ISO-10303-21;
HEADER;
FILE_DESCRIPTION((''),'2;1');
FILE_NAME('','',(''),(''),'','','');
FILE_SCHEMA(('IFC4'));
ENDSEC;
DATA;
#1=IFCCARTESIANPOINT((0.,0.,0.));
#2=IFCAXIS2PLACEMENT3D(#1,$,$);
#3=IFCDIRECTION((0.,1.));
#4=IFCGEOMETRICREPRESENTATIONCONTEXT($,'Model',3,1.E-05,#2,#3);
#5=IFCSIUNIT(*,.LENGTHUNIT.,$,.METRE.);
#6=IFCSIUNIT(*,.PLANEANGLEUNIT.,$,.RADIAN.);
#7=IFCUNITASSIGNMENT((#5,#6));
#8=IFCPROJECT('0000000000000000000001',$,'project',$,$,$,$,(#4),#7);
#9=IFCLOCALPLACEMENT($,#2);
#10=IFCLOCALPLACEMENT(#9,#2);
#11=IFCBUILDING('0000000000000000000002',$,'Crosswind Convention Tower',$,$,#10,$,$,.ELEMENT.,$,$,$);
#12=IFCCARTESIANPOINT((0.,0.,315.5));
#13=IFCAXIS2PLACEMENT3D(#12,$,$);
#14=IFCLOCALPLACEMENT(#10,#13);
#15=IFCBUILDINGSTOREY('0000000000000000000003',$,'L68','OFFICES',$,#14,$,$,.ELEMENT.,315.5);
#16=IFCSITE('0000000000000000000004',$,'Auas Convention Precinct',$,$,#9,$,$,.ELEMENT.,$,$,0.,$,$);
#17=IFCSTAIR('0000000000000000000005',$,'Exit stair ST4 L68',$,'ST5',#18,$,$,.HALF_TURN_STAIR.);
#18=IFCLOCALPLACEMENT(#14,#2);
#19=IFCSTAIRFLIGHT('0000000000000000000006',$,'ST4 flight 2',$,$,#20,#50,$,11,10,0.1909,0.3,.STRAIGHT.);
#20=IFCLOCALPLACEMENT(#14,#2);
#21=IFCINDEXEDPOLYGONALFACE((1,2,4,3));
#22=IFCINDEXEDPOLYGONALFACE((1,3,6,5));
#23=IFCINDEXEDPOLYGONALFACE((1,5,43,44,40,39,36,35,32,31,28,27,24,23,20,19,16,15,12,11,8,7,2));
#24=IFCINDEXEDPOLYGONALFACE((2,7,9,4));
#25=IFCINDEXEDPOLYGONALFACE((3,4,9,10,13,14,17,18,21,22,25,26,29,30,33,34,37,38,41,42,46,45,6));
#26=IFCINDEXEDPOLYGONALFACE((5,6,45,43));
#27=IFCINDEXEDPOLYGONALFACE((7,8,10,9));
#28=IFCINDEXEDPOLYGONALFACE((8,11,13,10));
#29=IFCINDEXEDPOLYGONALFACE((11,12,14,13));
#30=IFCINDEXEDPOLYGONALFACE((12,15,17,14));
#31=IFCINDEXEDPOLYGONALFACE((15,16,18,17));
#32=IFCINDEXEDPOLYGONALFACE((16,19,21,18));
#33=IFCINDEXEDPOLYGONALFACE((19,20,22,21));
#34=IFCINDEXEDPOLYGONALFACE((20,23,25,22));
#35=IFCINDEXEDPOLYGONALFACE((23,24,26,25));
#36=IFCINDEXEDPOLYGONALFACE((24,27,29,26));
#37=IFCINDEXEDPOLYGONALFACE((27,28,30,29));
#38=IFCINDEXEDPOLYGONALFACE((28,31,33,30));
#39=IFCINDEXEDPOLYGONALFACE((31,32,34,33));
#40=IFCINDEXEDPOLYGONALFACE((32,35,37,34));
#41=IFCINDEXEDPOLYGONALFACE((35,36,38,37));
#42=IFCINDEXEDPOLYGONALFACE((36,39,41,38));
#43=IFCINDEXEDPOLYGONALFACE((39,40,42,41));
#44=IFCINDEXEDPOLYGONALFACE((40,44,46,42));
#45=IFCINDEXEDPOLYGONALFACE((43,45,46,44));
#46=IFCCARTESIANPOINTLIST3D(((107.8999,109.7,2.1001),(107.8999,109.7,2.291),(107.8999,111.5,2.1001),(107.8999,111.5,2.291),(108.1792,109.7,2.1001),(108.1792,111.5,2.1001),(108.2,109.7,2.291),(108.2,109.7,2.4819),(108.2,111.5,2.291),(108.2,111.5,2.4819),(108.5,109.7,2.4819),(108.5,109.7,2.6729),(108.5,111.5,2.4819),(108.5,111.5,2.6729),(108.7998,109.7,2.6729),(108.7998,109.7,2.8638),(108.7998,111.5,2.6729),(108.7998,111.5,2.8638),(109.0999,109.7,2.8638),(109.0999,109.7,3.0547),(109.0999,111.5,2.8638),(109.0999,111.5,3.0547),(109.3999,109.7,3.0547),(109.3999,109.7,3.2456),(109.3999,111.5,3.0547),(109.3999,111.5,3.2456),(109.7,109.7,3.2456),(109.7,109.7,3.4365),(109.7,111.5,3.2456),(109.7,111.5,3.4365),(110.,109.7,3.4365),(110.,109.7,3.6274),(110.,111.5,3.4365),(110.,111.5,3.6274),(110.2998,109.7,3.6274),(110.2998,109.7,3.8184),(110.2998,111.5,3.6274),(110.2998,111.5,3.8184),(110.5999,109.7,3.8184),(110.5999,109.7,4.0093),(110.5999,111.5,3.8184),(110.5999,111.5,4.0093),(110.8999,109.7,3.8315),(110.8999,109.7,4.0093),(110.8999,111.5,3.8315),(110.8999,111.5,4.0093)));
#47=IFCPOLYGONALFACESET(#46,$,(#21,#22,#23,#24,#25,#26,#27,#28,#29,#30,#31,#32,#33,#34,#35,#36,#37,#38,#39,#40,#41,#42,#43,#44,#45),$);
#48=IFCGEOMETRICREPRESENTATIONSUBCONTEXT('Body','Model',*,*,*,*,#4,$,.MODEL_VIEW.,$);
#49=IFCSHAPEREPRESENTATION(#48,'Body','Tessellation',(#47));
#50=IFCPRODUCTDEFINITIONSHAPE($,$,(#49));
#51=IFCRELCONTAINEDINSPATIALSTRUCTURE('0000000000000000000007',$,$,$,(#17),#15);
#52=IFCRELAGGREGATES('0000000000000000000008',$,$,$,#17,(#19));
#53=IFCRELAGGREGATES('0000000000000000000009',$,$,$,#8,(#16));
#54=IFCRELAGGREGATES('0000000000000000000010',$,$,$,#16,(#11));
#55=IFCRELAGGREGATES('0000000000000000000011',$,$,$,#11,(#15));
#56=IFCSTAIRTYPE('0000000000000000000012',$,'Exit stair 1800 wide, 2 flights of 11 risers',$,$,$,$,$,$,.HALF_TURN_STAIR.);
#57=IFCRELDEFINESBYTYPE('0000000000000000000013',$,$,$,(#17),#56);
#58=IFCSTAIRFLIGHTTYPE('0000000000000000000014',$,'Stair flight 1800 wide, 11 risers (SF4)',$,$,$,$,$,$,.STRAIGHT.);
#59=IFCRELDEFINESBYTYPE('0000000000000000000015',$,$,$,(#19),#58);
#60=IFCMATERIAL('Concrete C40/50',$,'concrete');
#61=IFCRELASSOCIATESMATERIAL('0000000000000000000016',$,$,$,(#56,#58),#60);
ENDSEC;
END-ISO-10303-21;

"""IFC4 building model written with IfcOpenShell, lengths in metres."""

from ifc_helpers import new_model, si_unit, direction, frame, origin, place, context, subcontext, project, spatial, polyline, outline, extrude, material, type_object, element, aggregate, save


model = new_model("IFC4")

# Units and contexts
model_context = context("Model", 3, precision=1e-05, world=origin(), true_north=direction((0.0, 1.0)))
body_context = subcontext(model_context, "Body", "Model", "MODEL_VIEW")
ifc_project = project(units=[si_unit("LENGTHUNIT", "METRE"), si_unit("PLANEANGLEUNIT", "RADIAN")], contexts=[model_context])

# Site, building, storey
site_placement = place(None, origin())
site = spatial("IfcSite", under=ifc_project, at=site_placement, Name="Auas Convention Precinct", CompositionType="ELEMENT", RefElevation=0.0)
building_placement = place(site_placement, origin())
building = spatial("IfcBuilding", under=site, at=building_placement, Name="Crosswind Convention Tower", CompositionType="ELEMENT")
storey_placement = place(building_placement, frame((0.0, 0.0, 315.5)))
storey = spatial("IfcBuildingStorey", under=building, at=storey_placement, Name="L68", Description="OFFICES", CompositionType="ELEMENT", Elevation=315.5)

# Stair, stair flight
ifc_material_1 = material(Name="Concrete C40/50", Category="concrete")
stair_type = type_object("IfcStairType", Name="Exit stair 1800 wide, 2 flights of 11 risers", PredefinedType="HALF_TURN_STAIR", material=ifc_material_1)
stair_placement = place(storey_placement, origin())
stair = element("IfcStair", 1, at=stair_placement, inside=storey, type_object=stair_type, Name="Exit stair ST4 L68", ObjectType="ST5", PredefinedType="HALF_TURN_STAIR")
stair_flight_type = type_object("IfcStairFlightType", Name="Stair flight 1800 wide, 11 risers (SF4)", PredefinedType="STRAIGHT", material=ifc_material_1)
stair_flight_placement = place(storey_placement, frame((107.8999, 110.6001, 2.1001), z_axis=(0.0, 0.0, 1.0), x_axis=(1.0, 0.0, 0.0)))
stair_flight = element("IfcStairFlight", 2, at=stair_flight_placement, type_object=stair_flight_type, Name="ST4 flight 2", NumberOfRisers=11, NumberOfTreads=10, PredefinedType="STRAIGHT", RiserHeight=0.1909, TreadLength=0.3, context=body_context, shape_type="SweptSolid", body=[
    extrude(outline(polyline([(0.0, 0.0), (0.0, 0.1909), (0.3, 0.1909), (0.3, 0.3818), (0.6001, 0.3818), (0.6001, 0.5728), (0.8999, 0.5728), (0.8999, 0.7637), (1.2, 0.7637), (1.2, 0.9546), (1.5, 0.9546), (1.5, 1.1455), (1.8, 1.1455), (1.8, 1.3364), (2.1001, 1.3364), (2.1001, 1.5273), (2.3999, 1.5273), (2.3999, 1.7183), (2.7, 1.7183), (2.7, 1.9092), (3.0, 1.9092), (3.0, 2.1001), (3.0, 1.7314), (0.2793, 0.0), (0.0, 0.0)])), frame((0.0, 0.8999, 0.0), z_axis=(0.0, -1.0, 0.0), x_axis=(1.0, 0.0, 0.0)), (0.0, 0.0, 1.0), 1.8),
])
aggregate(stair, [stair_flight])

save(model, "model.ifc")
